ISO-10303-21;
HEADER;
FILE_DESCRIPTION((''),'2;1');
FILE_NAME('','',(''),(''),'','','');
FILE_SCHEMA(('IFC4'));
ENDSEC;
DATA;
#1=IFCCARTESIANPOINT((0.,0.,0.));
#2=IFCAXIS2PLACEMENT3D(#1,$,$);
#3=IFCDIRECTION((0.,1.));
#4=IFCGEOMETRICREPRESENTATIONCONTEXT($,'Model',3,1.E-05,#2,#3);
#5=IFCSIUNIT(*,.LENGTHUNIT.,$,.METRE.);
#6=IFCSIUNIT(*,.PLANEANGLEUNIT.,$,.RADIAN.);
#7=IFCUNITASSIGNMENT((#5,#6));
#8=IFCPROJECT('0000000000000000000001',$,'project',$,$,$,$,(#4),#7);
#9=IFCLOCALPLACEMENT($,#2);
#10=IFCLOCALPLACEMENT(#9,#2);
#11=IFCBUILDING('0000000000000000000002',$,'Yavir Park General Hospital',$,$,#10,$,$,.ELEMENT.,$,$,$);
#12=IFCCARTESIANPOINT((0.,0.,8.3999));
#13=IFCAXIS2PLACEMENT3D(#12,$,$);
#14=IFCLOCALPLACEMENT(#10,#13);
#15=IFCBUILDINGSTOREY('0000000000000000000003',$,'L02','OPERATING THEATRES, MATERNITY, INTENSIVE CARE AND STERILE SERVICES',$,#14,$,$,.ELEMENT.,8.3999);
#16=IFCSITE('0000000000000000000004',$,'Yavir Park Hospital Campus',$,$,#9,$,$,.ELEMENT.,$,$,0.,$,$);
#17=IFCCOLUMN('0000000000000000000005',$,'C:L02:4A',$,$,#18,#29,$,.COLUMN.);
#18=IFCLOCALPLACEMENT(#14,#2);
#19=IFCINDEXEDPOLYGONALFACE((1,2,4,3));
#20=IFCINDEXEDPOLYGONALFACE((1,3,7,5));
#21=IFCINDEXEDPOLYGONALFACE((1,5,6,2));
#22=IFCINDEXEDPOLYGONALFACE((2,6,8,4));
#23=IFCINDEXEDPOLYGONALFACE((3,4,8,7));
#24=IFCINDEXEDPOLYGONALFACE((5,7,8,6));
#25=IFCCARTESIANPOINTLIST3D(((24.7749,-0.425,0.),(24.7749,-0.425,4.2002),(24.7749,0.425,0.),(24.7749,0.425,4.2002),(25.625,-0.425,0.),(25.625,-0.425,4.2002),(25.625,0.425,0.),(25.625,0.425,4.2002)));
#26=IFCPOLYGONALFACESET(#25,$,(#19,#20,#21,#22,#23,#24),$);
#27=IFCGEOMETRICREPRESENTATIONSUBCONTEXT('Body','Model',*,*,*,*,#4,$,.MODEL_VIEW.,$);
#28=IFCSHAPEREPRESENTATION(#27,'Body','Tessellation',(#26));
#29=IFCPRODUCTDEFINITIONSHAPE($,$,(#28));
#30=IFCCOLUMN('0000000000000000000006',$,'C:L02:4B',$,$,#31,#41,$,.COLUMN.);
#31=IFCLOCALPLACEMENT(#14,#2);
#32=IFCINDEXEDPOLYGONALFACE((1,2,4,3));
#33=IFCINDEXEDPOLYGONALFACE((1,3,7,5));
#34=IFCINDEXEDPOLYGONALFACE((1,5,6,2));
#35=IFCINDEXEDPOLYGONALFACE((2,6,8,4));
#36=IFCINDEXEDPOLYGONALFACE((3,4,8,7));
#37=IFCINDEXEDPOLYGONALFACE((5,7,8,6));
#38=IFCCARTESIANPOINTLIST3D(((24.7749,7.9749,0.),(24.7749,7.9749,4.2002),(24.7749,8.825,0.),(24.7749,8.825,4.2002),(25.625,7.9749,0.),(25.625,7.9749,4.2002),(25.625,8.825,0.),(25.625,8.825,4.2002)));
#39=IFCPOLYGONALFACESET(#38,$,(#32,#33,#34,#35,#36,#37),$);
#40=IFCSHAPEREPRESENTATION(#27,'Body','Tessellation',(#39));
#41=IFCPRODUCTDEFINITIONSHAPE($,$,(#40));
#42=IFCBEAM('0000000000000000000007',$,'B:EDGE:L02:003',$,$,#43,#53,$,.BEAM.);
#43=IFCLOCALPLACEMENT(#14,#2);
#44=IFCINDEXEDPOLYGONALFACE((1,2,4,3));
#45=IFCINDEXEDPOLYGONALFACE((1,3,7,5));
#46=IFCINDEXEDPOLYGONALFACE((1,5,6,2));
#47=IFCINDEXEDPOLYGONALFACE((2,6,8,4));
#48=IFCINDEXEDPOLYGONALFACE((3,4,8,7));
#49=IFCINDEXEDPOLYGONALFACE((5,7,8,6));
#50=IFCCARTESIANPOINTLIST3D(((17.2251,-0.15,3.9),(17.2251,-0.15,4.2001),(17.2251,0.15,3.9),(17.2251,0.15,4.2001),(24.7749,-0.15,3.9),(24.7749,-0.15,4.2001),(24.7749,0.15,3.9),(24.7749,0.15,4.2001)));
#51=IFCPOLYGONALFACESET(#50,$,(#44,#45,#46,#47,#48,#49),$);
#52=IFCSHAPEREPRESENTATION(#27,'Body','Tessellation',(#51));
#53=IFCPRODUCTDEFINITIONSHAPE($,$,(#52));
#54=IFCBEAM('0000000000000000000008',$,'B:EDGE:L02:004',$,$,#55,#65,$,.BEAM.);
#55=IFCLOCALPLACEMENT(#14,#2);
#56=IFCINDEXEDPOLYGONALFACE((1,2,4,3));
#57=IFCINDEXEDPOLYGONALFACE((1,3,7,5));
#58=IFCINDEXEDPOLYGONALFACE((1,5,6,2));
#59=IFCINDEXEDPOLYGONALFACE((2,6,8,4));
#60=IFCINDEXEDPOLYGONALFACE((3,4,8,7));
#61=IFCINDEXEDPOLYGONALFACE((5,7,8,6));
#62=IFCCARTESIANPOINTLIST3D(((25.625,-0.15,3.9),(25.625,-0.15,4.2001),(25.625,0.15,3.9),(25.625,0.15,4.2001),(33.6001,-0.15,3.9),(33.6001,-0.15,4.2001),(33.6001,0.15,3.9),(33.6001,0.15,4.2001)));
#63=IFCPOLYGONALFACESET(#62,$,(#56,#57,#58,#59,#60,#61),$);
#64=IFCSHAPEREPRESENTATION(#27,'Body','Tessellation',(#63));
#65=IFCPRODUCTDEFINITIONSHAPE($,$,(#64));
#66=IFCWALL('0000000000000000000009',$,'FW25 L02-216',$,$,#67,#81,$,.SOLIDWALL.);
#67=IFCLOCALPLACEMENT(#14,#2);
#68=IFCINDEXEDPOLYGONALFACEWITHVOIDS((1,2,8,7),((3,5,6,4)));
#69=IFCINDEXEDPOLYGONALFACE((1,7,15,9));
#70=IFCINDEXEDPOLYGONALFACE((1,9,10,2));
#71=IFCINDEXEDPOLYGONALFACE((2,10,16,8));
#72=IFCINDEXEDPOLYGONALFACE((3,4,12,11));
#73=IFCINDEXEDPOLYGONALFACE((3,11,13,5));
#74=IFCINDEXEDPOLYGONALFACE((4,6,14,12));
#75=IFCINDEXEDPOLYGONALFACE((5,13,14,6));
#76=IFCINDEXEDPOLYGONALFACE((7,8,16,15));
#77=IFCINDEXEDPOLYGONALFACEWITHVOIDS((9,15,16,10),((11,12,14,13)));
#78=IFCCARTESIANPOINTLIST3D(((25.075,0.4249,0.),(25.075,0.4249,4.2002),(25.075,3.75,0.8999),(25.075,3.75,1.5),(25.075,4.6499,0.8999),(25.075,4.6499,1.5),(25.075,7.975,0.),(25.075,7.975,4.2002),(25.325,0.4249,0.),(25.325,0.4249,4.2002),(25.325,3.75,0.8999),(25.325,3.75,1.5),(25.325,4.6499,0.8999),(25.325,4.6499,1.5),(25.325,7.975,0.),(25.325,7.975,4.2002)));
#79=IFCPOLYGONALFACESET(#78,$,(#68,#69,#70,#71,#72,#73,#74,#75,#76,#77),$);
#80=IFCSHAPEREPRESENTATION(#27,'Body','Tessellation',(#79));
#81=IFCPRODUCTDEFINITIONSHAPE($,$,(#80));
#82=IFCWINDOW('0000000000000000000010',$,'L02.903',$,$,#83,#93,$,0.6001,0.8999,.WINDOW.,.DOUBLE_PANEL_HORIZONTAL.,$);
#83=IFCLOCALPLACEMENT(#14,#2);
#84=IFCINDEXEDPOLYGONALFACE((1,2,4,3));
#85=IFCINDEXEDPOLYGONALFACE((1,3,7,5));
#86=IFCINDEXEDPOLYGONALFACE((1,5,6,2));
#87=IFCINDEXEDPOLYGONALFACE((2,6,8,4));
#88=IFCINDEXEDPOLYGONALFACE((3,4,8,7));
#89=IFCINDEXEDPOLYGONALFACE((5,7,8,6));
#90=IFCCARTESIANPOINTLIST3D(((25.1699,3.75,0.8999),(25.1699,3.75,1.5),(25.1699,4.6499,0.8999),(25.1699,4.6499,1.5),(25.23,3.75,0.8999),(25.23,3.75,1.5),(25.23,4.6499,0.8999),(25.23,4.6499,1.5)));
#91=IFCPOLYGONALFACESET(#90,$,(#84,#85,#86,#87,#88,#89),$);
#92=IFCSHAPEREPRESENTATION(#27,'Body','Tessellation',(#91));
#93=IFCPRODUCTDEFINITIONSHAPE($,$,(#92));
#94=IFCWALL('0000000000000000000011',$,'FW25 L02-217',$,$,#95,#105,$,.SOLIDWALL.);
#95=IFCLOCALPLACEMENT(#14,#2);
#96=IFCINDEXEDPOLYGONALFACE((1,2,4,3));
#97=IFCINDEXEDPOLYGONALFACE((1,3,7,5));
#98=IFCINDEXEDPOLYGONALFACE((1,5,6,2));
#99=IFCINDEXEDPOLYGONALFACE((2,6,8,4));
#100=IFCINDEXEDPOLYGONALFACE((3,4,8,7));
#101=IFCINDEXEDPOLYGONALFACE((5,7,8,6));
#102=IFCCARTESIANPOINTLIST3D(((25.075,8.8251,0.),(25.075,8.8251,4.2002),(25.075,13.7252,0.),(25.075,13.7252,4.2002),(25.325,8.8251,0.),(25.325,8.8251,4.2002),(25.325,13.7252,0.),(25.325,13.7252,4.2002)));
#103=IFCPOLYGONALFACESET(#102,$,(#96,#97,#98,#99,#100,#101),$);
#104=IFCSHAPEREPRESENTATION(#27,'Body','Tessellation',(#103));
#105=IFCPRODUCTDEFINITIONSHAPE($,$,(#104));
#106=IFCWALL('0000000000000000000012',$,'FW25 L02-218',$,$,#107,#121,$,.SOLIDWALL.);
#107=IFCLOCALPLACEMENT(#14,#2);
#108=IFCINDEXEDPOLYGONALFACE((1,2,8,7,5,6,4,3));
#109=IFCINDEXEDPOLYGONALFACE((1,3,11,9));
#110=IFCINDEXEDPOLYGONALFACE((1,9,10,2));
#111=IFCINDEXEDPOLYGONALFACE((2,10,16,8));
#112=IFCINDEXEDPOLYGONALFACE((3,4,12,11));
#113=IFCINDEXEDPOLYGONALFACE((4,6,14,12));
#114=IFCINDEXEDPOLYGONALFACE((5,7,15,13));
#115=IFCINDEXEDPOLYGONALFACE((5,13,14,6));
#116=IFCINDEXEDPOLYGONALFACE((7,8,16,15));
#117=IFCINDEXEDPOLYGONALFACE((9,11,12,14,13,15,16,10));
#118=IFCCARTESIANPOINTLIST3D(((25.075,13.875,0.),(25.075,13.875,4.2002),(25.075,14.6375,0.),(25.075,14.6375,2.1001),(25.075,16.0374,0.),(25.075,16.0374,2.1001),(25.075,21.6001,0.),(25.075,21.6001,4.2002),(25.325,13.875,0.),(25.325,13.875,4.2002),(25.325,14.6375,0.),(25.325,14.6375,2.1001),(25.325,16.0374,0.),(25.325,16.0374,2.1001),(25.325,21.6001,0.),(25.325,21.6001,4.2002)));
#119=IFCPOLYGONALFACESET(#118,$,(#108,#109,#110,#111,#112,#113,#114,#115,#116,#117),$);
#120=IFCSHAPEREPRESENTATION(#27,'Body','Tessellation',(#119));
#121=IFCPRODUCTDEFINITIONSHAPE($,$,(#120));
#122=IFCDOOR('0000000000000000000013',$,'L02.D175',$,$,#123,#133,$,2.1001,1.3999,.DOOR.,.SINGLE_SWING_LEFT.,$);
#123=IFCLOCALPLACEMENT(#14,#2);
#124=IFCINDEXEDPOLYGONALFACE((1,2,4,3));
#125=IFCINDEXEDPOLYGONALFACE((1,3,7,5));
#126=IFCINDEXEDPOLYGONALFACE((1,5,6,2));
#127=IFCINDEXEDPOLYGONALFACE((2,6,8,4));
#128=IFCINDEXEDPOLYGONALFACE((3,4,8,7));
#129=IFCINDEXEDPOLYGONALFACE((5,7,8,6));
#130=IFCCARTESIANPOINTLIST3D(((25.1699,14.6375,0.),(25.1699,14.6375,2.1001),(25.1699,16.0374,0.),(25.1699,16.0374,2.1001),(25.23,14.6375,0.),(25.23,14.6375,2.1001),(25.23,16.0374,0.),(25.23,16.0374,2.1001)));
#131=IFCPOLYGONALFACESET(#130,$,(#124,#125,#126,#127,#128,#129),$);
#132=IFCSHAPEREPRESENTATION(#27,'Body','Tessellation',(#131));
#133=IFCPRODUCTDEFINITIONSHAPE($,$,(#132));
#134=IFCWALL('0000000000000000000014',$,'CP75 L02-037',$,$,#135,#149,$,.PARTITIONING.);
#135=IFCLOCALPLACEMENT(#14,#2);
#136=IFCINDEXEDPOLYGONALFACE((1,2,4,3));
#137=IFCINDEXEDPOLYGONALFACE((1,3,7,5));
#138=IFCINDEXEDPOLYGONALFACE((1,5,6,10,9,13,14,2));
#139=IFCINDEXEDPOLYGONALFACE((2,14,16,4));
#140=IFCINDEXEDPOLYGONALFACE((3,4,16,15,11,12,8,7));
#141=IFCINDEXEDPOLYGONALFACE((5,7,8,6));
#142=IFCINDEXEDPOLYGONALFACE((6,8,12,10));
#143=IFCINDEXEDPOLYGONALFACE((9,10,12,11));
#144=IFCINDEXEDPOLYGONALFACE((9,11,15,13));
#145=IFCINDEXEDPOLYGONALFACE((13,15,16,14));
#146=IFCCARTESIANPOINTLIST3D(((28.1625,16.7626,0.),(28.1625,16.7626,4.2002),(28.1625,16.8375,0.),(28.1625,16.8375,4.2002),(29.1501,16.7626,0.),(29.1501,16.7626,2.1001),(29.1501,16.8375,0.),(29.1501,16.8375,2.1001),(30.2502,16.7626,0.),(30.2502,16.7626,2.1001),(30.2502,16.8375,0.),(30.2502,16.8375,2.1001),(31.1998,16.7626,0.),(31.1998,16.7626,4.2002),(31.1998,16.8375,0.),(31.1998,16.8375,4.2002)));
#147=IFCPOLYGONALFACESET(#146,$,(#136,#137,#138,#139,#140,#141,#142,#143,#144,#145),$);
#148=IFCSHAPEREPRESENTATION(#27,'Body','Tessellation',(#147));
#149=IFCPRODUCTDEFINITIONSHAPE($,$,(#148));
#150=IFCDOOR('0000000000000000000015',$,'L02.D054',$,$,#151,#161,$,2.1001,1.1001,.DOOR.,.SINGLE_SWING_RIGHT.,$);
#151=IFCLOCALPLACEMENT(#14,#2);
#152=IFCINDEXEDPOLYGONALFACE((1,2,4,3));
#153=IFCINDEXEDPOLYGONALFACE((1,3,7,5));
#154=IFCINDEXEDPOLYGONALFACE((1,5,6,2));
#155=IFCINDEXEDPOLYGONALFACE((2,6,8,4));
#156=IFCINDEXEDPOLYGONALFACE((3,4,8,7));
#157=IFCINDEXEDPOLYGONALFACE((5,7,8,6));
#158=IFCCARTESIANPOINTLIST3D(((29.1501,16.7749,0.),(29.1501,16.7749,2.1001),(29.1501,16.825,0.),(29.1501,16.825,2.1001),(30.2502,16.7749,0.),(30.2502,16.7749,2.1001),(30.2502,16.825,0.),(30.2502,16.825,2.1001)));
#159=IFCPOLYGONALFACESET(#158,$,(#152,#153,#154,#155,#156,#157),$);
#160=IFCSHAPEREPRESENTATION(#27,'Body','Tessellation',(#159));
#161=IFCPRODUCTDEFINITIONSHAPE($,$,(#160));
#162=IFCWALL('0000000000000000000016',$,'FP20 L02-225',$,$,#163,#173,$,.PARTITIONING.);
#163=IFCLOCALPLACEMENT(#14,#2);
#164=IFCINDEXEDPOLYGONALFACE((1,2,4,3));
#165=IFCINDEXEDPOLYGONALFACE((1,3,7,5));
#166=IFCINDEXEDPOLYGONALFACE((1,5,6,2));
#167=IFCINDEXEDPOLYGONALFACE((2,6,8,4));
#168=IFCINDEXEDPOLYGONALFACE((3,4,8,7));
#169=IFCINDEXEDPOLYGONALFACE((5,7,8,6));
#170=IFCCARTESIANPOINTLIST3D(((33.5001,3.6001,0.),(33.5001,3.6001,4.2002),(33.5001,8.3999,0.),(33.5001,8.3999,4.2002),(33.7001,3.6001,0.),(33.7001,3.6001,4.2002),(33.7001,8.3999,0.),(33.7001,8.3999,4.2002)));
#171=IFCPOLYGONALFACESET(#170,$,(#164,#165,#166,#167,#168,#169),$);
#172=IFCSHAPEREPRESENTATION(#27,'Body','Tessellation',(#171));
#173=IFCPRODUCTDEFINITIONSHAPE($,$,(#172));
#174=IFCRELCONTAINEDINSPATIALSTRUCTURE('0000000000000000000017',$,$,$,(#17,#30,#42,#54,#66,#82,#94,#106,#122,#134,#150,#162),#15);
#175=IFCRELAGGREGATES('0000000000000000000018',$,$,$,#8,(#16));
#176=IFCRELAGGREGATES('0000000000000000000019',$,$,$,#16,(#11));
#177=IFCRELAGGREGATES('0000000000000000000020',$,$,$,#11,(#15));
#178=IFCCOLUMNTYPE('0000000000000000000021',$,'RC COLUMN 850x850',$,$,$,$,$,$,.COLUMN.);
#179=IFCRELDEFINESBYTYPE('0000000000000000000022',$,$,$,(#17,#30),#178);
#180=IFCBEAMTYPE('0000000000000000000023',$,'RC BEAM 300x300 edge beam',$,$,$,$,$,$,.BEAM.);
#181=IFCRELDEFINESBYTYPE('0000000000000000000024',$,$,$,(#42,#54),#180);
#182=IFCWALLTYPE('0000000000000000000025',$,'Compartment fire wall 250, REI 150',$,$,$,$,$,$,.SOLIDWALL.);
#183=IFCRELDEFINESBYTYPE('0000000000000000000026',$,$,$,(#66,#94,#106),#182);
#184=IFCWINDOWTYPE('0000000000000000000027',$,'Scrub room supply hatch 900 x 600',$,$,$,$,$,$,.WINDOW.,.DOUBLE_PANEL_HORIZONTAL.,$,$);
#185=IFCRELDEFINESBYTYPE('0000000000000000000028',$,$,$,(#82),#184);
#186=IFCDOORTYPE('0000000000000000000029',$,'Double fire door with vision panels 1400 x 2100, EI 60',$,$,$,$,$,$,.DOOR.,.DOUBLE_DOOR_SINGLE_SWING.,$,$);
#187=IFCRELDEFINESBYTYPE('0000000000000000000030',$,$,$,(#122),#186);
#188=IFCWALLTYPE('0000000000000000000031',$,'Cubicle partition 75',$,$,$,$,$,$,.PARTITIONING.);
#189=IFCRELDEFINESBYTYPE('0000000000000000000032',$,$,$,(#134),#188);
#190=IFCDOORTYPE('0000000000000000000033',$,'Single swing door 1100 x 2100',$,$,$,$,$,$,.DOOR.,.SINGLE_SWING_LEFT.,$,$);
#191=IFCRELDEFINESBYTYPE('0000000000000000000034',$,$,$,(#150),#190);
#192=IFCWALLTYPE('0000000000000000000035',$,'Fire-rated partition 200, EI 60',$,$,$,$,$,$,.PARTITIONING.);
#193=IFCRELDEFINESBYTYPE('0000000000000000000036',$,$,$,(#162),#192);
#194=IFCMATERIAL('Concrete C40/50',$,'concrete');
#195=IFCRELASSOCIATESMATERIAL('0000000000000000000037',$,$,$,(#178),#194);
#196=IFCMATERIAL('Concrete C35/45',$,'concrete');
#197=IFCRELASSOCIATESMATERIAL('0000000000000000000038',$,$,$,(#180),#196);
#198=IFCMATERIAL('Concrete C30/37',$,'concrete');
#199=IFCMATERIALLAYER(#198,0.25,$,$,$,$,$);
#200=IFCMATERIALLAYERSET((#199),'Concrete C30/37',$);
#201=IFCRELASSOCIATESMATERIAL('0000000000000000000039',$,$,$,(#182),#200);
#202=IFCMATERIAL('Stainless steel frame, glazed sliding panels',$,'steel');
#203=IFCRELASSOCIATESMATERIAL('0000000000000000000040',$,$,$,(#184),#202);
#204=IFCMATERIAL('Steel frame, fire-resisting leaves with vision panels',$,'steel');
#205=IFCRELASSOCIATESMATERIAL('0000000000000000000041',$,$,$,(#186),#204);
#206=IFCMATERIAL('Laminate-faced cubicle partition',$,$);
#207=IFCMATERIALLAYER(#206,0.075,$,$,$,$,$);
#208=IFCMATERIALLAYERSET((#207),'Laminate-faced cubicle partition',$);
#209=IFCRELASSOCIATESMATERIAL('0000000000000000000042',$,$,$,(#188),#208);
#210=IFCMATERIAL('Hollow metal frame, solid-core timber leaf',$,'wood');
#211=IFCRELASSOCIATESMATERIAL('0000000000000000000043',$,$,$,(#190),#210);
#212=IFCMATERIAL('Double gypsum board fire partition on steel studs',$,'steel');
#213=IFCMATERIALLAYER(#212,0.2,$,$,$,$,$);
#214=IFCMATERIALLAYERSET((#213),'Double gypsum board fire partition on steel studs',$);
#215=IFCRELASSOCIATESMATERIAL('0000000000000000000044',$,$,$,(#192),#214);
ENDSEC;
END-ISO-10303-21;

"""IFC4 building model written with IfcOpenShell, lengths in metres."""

from ifc_helpers import new_model, si_unit, direction, frame, frame_2d, origin, origin_2d, place, context, subcontext, project, spatial, rectangle, extrude, material, layer, layer_set, material_profile, profile_set, type_object, element, fill, save


model = new_model("IFC4")

# Units and contexts
model_context = context("Model", 3, precision=1e-05, world=origin(), true_north=direction((0.0, 1.0)))
body_context = subcontext(model_context, "Body", "Model", "MODEL_VIEW")
ifc_project = project(units=[si_unit("LENGTHUNIT", "METRE"), si_unit("PLANEANGLEUNIT", "RADIAN")], contexts=[model_context])

# Site, building, storey
site_placement = place(None, origin())
site = spatial("IfcSite", under=ifc_project, at=site_placement, Name="Yavir Park Hospital Campus", CompositionType="ELEMENT", RefElevation=0.0)
building_placement = place(site_placement, origin())
building = spatial("IfcBuilding", under=site, at=building_placement, Name="Yavir Park General Hospital", CompositionType="ELEMENT")
storey_placement = place(building_placement, frame((0.0, 0.0, 8.3999)))
storey = spatial("IfcBuildingStorey", under=building, at=storey_placement, Name="L02", Description="OPERATING THEATRES, MATERNITY, INTENSIVE CARE AND STERILE SERVICES", CompositionType="ELEMENT", Elevation=8.3999)

# Columns
ifc_material_1 = material(Name="Concrete C40/50", Category="concrete")
ifc_material_profile_1 = material_profile(ifc_material_1, rectangle(XDim=0.8501, YDim=0.8501, at=origin_2d()), Name="RC850x850")
ifc_profile_set_1 = profile_set([ifc_material_profile_1], Name="Concrete C40/50")
column_type = type_object("IfcColumnType", Name="RC COLUMN 850x850", PredefinedType="COLUMN", material=ifc_profile_set_1)
for number, where, z_axis, x_axis, name in (
    (1, (25.2, 0.0, 0.0), (0.0, 0.0, 1.0), (1.0, 0.0, 0.0), "C:L02:4A"),
    (2, (25.2, 8.3999, 0.0), (0.0, 0.0, 1.0), (1.0, 0.0, 0.0), "C:L02:4B"),
):
    element("IfcColumn", number, at=place(storey_placement, frame(where, z_axis=z_axis, x_axis=x_axis)), inside=storey, type_object=column_type, Name=name, PredefinedType="COLUMN", context=body_context, shape_type="SweptSolid", body=[
        extrude(rectangle(XDim=0.8501, YDim=0.8501, at=origin_2d()), origin(), (0.0, 0.0, 1.0), 4.2002),
    ])

# Beams
ifc_material_2 = material(Name="Concrete C35/45", Category="concrete")
ifc_material_profile_2 = material_profile(ifc_material_2, rectangle(XDim=0.3, YDim=0.3, at=origin_2d()), Name="RC300x300")
ifc_profile_set_2 = profile_set([ifc_material_profile_2], Name="Concrete C35/45")
beam_type = type_object("IfcBeamType", Name="RC BEAM 300x300 edge beam", PredefinedType="BEAM", material=ifc_profile_set_2)
beam_1_placement = place(storey_placement, frame((17.2251, 0.0, 4.05), z_axis=(1.0, 0.0, 0.0), x_axis=(0.0, 1.0, 0.0)))
element("IfcBeam", 3, at=beam_1_placement, inside=storey, type_object=beam_type, Name="B:EDGE:L02:003", PredefinedType="BEAM", context=body_context, shape_type="SweptSolid", body=[
    extrude(rectangle(XDim=0.3, YDim=0.3, at=origin_2d()), origin(), (0.0, 0.0, 1.0), 7.5498),
])
beam_2_placement = place(storey_placement, frame((25.625, 0.0, 4.05), z_axis=(1.0, 0.0, 0.0), x_axis=(0.0, 1.0, 0.0)))
element("IfcBeam", 4, at=beam_2_placement, inside=storey, type_object=beam_type, Name="B:EDGE:L02:004", PredefinedType="BEAM", context=body_context, shape_type="SweptSolid", body=[
    extrude(rectangle(XDim=0.3, YDim=0.3, at=origin_2d()), origin(), (0.0, 0.0, 1.0), 7.9751),
])

# Wall, opening, window
ifc_material_3 = material(Name="Concrete C30/37", Category="concrete")
ifc_layer_1 = layer(ifc_material_3, 0.25)
ifc_layer_set_1 = layer_set([ifc_layer_1], Name="Concrete C30/37")
wall_type_1 = type_object("IfcWallType", Name="Compartment fire wall 250, REI 150", PredefinedType="SOLIDWALL", material=ifc_layer_set_1)
wall_1_placement = place(storey_placement, frame((25.2, 0.425, 0.0), z_axis=(0.0, 0.0, 1.0), x_axis=(0.0, 1.0, 0.0)))
wall_1 = element("IfcWall", 5, at=wall_1_placement, inside=storey, type_object=wall_type_1, Name="FW25 L02-216", PredefinedType="SOLIDWALL", context=body_context, shape_type="SweptSolid", body=[
    extrude(rectangle(XDim=7.55, YDim=0.25, at=frame_2d((3.7749, 0.0))), origin(), (0.0, 0.0, 1.0), 4.2002),
])
opening_1_placement = place(wall_1_placement, frame((3.325, 0.0, 0.8999)))
opening_1 = element("IfcOpeningElement", 6, at=opening_1_placement, cuts=wall_1, PredefinedType="OPENING", context=body_context, shape_type="SweptSolid", body=[
    extrude(rectangle(XDim=0.8999, YDim=0.6001, at=frame_2d((0.45, 0.3))), frame((0.0, 0.135, 0.0), z_axis=(0.0, -1.0, 0.0), x_axis=(1.0, 0.0, 0.0)), (0.0, 0.0, 1.0), 0.27),
])
ifc_material_4 = material(Name="Stainless steel frame, glazed sliding panels", Category="steel")
window_type = type_object("IfcWindowType", Name="Scrub room supply hatch 900 x 600", PartitioningType="DOUBLE_PANEL_HORIZONTAL", PredefinedType="WINDOW", material=ifc_material_4)
window_placement = place(opening_1_placement, origin())
window = element("IfcWindow", 7, at=window_placement, inside=storey, type_object=window_type, Name="L02.903", OverallHeight=0.6001, OverallWidth=0.8999, PartitioningType="DOUBLE_PANEL_HORIZONTAL", PredefinedType="WINDOW", context=body_context, shape_type="SweptSolid", body=[
    extrude(rectangle(XDim=0.8999, YDim=0.6001, at=frame_2d((0.45, 0.3))), frame((0.0, 0.03, 0.0), z_axis=(0.0, -1.0, 0.0), x_axis=(1.0, 0.0, 0.0)), (0.0, 0.0, 1.0), 0.0601),
])
fill(opening_1, window)

# Wall
wall_2_placement = place(storey_placement, frame((25.2, 8.825, 0.0), z_axis=(0.0, 0.0, 1.0), x_axis=(0.0, 1.0, 0.0)))
element("IfcWall", 8, at=wall_2_placement, inside=storey, type_object=wall_type_1, Name="FW25 L02-217", PredefinedType="SOLIDWALL", context=body_context, shape_type="SweptSolid", body=[
    extrude(rectangle(XDim=4.9001, YDim=0.25, at=frame_2d((2.4502, 0.0))), origin(), (0.0, 0.0, 1.0), 4.2002),
])

# Walls, openings, doors
wall_3_placement = place(storey_placement, frame((25.2, 13.875, 0.0), z_axis=(0.0, 0.0, 1.0), x_axis=(0.0, 1.0, 0.0)))
wall_3 = element("IfcWall", 9, at=wall_3_placement, inside=storey, type_object=wall_type_1, Name="FW25 L02-218", PredefinedType="SOLIDWALL", context=body_context, shape_type="SweptSolid", body=[
    extrude(rectangle(XDim=7.7251, YDim=0.25, at=frame_2d((3.8625, 0.0))), origin(), (0.0, 0.0, 1.0), 4.2002),
])
opening_2_placement = place(wall_3_placement, frame((0.7625, 0.0, 0.0)))
opening_2 = element("IfcOpeningElement", 10, at=opening_2_placement, cuts=wall_3, PredefinedType="OPENING", context=body_context, shape_type="SweptSolid", body=[
    extrude(rectangle(XDim=1.3999, YDim=2.1001, at=frame_2d((0.7, 1.05))), frame((0.0, 0.135, 0.0), z_axis=(0.0, -1.0, 0.0), x_axis=(1.0, 0.0, 0.0)), (0.0, 0.0, 1.0), 0.27),
])
ifc_material_5 = material(Name="Steel frame, fire-resisting leaves with vision panels", Category="steel")
door_type_1 = type_object("IfcDoorType", Name="Double fire door with vision panels 1400 x 2100, EI 60", OperationType="DOUBLE_DOOR_SINGLE_SWING", PredefinedType="DOOR", material=ifc_material_5)
door_1_placement = place(opening_2_placement, origin())
door_1 = element("IfcDoor", 11, at=door_1_placement, inside=storey, type_object=door_type_1, Name="L02.D175", OperationType="SINGLE_SWING_LEFT", OverallHeight=2.1001, OverallWidth=1.3999, PredefinedType="DOOR", context=body_context, shape_type="SweptSolid", body=[
    extrude(rectangle(XDim=1.3999, YDim=2.1001, at=frame_2d((0.7, 1.05))), frame((0.0, 0.03, 0.0), z_axis=(0.0, -1.0, 0.0), x_axis=(1.0, 0.0, 0.0)), (0.0, 0.0, 1.0), 0.0601),
])
fill(opening_2, door_1)
ifc_material_6 = material(Name="Laminate-faced cubicle partition")
ifc_layer_2 = layer(ifc_material_6, 0.075)
ifc_layer_set_2 = layer_set([ifc_layer_2], Name="Laminate-faced cubicle partition")
wall_type_2 = type_object("IfcWallType", Name="Cubicle partition 75", PredefinedType="PARTITIONING", material=ifc_layer_set_2)
wall_4_placement = place(storey_placement, frame((28.1626, 16.8, 0.0), z_axis=(0.0, 0.0, 1.0), x_axis=(1.0, 0.0, 0.0)))
wall_4 = element("IfcWall", 12, at=wall_4_placement, inside=storey, type_object=wall_type_2, Name="CP75 L02-037", PredefinedType="PARTITIONING", context=body_context, shape_type="SweptSolid", body=[
    extrude(rectangle(XDim=3.0374, YDim=0.075, at=frame_2d((1.5186, 0.0))), origin(), (0.0, 0.0, 1.0), 4.2002),
])
opening_3_placement = place(wall_4_placement, frame((0.9875, 0.0, 0.0)))
opening_3 = element("IfcOpeningElement", 13, at=opening_3_placement, cuts=wall_4, PredefinedType="OPENING", context=body_context, shape_type="SweptSolid", body=[
    extrude(rectangle(XDim=1.1001, YDim=2.1001, at=frame_2d((0.55, 1.05))), frame((0.0, 0.0474, 0.0), z_axis=(0.0, -1.0, 0.0), x_axis=(1.0, 0.0, 0.0)), (0.0, 0.0, 1.0), 0.095),
])
ifc_material_7 = material(Name="Hollow metal frame, solid-core timber leaf", Category="wood")
door_type_2 = type_object("IfcDoorType", Name="Single swing door 1100 x 2100", OperationType="SINGLE_SWING_LEFT", PredefinedType="DOOR", material=ifc_material_7)
door_2_placement = place(opening_3_placement, origin())
door_2 = element("IfcDoor", 14, at=door_2_placement, inside=storey, type_object=door_type_2, Name="L02.D054", OperationType="SINGLE_SWING_RIGHT", OverallHeight=2.1001, OverallWidth=1.1001, PredefinedType="DOOR", context=body_context, shape_type="SweptSolid", body=[
    extrude(rectangle(XDim=1.1001, YDim=2.1001, at=frame_2d((0.55, 1.05))), frame((0.0, 0.0249, 0.0), z_axis=(0.0, -1.0, 0.0), x_axis=(1.0, 0.0, 0.0)), (0.0, 0.0, 1.0), 0.05),
])
fill(opening_3, door_2)

# Wall
ifc_material_8 = material(Name="Double gypsum board fire partition on steel studs", Category="steel")
ifc_layer_3 = layer(ifc_material_8, 0.2)
ifc_layer_set_3 = layer_set([ifc_layer_3], Name="Double gypsum board fire partition on steel studs")
wall_type_3 = type_object("IfcWallType", Name="Fire-rated partition 200, EI 60", PredefinedType="PARTITIONING", material=ifc_layer_set_3)
wall_5_placement = place(storey_placement, frame((33.6001, 3.6001, 0.0), z_axis=(0.0, 0.0, 1.0), x_axis=(0.0, 1.0, 0.0)))
element("IfcWall", 15, at=wall_5_placement, inside=storey, type_object=wall_type_3, Name="FP20 L02-225", PredefinedType="PARTITIONING", context=body_context, shape_type="SweptSolid", body=[
    extrude(rectangle(XDim=4.7998, YDim=0.2, at=frame_2d((2.3999, 0.0))), origin(), (0.0, 0.0, 1.0), 4.2002),
])

save(model, "model.ifc")
